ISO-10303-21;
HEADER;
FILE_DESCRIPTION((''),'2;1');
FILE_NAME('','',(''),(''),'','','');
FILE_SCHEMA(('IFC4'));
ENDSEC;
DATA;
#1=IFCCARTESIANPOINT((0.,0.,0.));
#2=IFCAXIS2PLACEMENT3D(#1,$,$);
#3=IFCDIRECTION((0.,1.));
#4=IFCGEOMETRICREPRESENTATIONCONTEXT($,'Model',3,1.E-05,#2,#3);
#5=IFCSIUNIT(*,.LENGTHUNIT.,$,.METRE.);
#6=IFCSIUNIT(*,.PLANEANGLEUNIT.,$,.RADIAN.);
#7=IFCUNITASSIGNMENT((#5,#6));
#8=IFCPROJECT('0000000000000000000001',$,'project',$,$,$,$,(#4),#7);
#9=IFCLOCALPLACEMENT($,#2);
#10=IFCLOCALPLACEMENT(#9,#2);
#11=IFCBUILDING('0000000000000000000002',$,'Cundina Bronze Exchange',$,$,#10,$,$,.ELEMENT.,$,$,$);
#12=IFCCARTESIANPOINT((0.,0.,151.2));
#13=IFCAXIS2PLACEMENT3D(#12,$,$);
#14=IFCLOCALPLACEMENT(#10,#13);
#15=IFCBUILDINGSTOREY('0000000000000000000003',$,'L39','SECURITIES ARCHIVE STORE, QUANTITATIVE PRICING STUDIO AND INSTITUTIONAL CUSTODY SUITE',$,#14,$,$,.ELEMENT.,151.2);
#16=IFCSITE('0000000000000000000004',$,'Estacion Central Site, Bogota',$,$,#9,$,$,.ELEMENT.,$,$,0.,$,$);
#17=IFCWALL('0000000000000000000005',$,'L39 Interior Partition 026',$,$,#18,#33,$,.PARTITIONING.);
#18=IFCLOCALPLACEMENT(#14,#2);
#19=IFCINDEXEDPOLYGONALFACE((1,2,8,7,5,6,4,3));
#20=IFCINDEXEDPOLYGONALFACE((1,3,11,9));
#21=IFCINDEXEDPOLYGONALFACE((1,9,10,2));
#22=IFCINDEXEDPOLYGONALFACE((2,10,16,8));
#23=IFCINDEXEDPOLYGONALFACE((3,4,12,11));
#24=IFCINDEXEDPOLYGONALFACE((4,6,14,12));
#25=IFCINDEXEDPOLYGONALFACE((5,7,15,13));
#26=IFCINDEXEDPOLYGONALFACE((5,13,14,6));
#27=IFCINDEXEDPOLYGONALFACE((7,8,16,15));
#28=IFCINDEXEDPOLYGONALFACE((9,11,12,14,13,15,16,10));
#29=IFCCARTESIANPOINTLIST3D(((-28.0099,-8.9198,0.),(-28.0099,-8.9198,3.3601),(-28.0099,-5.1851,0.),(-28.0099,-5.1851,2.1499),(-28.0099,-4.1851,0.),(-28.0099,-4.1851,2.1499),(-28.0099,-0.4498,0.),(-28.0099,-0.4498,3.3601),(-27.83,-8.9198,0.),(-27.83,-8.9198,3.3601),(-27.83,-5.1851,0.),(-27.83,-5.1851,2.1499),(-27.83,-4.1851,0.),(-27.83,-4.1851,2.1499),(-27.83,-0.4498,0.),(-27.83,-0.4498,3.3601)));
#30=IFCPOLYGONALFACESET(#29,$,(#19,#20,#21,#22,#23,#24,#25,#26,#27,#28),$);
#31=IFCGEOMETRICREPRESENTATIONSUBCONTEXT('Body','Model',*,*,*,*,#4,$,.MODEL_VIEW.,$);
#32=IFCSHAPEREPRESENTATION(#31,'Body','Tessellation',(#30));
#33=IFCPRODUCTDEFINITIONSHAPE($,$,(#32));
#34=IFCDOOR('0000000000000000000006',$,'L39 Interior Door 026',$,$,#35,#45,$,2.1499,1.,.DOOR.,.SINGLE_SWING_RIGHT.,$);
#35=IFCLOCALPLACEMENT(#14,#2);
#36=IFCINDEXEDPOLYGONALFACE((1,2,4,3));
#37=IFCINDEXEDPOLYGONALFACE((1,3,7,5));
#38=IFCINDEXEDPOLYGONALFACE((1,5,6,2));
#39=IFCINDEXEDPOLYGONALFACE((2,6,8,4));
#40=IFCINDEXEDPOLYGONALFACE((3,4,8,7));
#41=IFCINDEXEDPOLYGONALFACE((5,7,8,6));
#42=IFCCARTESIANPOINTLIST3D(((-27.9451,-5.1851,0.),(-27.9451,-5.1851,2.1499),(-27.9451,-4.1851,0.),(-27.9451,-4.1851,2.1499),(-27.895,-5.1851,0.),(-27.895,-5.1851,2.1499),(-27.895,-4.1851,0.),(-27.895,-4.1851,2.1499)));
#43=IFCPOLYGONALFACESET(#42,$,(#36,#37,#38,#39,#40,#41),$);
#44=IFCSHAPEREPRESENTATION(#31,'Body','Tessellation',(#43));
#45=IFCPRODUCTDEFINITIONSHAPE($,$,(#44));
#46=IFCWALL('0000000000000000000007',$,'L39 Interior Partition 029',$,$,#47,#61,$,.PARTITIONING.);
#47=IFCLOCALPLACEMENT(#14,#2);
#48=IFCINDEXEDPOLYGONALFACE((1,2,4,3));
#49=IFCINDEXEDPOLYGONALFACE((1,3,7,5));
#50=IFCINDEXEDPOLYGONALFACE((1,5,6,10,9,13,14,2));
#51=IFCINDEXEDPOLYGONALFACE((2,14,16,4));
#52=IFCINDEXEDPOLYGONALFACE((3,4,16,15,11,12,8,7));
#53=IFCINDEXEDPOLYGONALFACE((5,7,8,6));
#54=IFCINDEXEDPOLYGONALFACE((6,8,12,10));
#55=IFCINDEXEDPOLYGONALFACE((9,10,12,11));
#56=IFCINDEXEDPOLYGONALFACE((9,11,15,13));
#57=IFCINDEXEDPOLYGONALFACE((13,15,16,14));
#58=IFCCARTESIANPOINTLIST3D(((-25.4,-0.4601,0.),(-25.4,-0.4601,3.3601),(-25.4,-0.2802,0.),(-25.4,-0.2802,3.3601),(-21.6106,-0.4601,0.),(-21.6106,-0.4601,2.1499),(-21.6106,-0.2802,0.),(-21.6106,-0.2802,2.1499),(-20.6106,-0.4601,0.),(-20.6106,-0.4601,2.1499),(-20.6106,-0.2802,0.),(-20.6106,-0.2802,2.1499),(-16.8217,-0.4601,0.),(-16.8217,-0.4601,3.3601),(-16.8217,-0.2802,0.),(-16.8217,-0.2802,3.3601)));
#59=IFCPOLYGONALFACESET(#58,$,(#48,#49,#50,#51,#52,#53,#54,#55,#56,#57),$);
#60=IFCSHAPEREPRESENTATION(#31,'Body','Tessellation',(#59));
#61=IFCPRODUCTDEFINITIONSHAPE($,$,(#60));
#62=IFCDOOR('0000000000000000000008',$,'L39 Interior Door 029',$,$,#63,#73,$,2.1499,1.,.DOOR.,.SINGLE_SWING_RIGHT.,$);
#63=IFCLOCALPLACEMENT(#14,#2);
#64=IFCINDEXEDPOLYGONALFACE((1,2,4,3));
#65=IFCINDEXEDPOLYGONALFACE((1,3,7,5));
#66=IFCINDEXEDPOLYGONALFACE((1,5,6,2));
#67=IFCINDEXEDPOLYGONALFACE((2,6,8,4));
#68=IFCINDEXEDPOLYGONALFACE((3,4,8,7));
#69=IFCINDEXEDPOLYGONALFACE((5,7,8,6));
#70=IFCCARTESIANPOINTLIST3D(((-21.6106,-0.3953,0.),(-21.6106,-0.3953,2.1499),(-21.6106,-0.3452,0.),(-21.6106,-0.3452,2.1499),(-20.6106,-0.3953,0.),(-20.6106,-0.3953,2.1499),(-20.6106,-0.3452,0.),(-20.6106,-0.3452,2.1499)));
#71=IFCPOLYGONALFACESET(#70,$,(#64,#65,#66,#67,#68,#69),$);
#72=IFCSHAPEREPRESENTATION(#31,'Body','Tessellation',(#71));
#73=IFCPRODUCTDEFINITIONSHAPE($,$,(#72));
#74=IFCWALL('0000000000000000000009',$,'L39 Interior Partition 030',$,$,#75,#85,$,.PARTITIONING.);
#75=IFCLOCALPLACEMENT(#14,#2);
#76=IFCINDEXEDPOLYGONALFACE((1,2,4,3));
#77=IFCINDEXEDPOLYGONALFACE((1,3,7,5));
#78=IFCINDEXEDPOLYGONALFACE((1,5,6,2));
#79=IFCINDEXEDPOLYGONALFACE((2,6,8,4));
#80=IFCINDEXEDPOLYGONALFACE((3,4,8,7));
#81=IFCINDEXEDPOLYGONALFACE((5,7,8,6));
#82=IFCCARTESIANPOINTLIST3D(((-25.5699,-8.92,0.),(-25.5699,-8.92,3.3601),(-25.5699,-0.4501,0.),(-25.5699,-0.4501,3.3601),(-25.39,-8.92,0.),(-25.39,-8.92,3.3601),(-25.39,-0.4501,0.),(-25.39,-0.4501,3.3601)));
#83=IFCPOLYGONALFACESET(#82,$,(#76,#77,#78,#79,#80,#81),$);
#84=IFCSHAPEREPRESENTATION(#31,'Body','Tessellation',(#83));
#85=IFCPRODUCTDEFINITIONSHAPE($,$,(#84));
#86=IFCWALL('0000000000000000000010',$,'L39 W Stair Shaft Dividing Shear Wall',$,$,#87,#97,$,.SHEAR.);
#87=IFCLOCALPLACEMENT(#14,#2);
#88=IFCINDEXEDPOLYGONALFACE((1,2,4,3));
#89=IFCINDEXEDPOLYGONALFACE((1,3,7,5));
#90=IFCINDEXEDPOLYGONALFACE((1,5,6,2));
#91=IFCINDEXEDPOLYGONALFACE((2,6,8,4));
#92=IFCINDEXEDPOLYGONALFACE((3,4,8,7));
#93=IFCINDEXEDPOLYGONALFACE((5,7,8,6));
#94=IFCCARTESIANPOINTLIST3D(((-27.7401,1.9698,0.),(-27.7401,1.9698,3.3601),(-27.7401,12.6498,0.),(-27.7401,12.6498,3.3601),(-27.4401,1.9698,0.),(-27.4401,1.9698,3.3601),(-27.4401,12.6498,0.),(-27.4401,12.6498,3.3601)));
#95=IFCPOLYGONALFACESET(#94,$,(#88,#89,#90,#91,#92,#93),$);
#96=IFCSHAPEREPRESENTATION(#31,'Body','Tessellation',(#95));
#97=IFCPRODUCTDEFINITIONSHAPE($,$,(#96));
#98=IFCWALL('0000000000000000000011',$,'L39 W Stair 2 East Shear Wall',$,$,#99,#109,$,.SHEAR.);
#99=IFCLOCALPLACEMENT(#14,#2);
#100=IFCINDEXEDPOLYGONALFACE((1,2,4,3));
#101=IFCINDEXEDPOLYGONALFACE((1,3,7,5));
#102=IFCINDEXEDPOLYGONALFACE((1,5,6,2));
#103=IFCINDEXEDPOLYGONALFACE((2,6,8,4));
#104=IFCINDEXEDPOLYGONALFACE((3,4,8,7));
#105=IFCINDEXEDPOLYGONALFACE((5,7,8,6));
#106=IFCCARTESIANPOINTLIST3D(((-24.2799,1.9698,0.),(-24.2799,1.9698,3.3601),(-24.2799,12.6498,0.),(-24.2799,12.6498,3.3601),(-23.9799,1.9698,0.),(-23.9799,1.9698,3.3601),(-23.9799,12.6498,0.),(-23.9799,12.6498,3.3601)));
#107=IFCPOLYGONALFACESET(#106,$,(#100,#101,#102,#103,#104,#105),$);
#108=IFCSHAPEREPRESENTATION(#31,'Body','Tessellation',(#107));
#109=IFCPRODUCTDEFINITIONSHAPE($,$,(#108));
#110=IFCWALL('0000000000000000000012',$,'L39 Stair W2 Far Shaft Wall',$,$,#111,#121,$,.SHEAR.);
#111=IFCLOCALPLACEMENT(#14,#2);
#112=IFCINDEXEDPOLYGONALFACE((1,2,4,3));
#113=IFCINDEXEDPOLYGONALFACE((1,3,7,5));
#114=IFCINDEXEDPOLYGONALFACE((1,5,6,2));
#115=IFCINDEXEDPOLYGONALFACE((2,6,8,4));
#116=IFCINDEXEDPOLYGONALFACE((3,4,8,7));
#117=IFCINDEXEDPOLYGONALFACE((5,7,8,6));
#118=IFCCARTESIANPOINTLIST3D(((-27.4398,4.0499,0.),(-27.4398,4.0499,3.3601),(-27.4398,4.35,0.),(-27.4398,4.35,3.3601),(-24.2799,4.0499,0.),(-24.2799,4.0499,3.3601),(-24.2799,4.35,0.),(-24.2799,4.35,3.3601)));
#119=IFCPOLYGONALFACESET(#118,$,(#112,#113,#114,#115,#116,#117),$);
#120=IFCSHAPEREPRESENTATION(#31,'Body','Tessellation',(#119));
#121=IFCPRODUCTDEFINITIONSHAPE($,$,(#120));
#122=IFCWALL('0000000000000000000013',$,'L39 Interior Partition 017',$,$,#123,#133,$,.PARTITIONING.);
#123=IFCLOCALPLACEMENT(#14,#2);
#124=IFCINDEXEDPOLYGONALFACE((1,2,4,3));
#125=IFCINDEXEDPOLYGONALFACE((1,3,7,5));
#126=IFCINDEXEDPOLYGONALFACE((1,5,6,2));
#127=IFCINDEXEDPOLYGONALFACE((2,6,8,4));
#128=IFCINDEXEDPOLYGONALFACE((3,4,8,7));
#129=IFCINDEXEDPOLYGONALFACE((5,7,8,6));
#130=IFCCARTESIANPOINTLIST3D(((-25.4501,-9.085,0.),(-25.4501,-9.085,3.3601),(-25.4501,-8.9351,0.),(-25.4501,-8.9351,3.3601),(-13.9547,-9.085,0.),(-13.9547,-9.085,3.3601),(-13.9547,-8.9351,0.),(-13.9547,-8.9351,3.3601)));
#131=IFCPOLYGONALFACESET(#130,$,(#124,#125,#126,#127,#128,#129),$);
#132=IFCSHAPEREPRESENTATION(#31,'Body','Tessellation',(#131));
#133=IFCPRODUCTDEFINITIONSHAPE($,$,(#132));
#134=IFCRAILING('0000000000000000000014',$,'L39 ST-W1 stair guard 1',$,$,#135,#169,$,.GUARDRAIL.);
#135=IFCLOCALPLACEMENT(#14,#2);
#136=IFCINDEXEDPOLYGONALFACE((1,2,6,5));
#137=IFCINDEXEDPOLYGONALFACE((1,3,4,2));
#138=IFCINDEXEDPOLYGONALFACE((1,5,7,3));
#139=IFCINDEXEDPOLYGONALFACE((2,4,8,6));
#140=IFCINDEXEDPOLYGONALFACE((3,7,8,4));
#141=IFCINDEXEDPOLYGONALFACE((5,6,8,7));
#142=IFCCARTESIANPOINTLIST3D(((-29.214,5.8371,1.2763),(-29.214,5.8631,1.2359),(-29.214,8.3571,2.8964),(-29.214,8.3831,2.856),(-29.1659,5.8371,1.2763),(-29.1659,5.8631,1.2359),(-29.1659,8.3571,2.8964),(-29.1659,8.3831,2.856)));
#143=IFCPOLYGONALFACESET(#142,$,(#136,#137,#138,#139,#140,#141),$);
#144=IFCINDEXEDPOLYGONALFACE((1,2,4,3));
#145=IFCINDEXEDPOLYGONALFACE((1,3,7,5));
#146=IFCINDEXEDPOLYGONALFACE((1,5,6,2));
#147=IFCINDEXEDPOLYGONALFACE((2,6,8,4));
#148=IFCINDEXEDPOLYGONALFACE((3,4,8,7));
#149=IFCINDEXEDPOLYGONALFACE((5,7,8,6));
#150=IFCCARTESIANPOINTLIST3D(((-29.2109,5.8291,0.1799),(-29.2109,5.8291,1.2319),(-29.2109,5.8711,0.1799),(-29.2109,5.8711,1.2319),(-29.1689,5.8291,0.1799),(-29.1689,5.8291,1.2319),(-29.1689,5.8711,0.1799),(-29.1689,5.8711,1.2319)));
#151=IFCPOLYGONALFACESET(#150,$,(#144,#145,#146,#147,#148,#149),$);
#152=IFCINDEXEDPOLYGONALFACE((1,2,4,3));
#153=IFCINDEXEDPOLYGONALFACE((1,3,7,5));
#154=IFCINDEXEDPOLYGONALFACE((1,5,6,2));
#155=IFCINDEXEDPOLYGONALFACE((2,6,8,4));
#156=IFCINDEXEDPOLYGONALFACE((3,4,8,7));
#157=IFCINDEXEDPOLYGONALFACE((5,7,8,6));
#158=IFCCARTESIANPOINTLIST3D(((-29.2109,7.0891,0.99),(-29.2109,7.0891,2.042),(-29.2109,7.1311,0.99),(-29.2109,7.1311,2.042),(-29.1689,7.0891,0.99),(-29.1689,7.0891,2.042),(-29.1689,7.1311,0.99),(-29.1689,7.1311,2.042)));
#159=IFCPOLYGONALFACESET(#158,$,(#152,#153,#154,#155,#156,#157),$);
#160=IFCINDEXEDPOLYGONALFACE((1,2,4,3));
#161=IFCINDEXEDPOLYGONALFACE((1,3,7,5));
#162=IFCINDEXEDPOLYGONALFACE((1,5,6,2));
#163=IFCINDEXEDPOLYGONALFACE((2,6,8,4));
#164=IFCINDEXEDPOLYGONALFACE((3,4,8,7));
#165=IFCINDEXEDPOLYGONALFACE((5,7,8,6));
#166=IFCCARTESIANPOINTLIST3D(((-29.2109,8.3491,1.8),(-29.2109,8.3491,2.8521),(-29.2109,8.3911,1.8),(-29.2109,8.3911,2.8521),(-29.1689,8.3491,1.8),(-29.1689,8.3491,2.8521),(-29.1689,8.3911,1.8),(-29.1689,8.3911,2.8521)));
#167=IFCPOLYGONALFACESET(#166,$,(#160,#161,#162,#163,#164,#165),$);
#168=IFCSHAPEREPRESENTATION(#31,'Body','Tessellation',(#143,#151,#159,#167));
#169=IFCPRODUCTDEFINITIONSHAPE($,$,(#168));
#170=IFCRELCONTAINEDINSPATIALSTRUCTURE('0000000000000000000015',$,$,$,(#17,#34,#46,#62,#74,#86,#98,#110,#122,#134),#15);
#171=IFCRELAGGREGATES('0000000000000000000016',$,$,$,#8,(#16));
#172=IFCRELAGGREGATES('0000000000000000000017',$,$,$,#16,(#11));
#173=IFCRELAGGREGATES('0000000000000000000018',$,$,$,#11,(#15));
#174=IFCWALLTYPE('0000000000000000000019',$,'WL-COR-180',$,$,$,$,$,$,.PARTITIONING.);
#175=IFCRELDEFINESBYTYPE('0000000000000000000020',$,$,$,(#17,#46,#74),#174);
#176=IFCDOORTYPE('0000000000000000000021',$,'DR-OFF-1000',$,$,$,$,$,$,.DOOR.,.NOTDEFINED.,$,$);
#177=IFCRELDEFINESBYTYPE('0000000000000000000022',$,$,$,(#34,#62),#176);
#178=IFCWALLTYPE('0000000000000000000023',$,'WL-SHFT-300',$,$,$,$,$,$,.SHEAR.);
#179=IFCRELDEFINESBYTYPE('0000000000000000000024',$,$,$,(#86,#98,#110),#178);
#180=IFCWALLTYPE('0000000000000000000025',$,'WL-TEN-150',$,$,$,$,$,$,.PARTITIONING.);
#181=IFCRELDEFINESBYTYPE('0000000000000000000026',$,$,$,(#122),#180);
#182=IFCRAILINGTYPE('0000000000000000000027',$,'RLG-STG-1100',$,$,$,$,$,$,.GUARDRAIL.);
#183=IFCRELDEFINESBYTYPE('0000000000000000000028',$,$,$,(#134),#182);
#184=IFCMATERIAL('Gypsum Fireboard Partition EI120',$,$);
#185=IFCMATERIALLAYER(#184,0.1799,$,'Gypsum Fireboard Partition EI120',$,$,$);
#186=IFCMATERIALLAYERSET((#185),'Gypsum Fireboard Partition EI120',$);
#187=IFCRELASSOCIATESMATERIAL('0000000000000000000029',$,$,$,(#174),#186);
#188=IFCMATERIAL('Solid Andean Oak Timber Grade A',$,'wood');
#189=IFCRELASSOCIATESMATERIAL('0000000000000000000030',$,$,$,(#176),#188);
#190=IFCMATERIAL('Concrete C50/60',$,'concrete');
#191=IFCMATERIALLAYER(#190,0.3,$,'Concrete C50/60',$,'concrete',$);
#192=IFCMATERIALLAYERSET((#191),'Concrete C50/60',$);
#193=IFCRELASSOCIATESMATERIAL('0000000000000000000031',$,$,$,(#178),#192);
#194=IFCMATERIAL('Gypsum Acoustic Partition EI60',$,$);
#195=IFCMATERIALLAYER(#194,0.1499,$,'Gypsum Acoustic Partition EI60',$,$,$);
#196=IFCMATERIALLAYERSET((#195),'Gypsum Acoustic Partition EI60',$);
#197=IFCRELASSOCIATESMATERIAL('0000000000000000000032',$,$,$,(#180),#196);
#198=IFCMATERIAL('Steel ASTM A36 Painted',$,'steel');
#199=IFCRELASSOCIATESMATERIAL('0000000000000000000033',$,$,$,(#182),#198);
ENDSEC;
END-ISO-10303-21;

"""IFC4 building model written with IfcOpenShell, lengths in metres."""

from ifc_helpers import new_model, si_unit, direction, frame, frame_2d, origin, origin_2d, place, context, subcontext, project, spatial, rectangle, extrude, material, layer, layer_set, type_object, element, fill, save


model = new_model("IFC4")

# Units and contexts
model_context = context("Model", 3, precision=1e-05, world=origin(), true_north=direction((0.0, 1.0)))
body_context = subcontext(model_context, "Body", "Model", "MODEL_VIEW")
ifc_project = project(units=[si_unit("LENGTHUNIT", "METRE"), si_unit("PLANEANGLEUNIT", "RADIAN")], contexts=[model_context])

# Site, building, storey
site_placement = place(None, origin())
site = spatial("IfcSite", under=ifc_project, at=site_placement, Name="Estacion Central Site, Bogota", CompositionType="ELEMENT", RefElevation=0.0)
building_placement = place(site_placement, origin())
building = spatial("IfcBuilding", under=site, at=building_placement, Name="Cundina Bronze Exchange", CompositionType="ELEMENT")
storey_placement = place(building_placement, frame((0.0, 0.0, 151.2)))
storey = spatial("IfcBuildingStorey", under=building, at=storey_placement, Name="L39", Description="SECURITIES ARCHIVE STORE, QUANTITATIVE PRICING STUDIO AND INSTITUTIONAL CUSTODY SUITE", CompositionType="ELEMENT", Elevation=151.2)

# Shared definitions
ifc_material_1 = material(Name="Concrete C50/60", Category="concrete")

# Shared definitions
ifc_material_2 = material(Name="Gypsum Fireboard Partition EI120")
ifc_layer_1 = layer(ifc_material_2, 0.1799, Name="Gypsum Fireboard Partition EI120")
ifc_layer_set_1 = layer_set([ifc_layer_1], Name="Gypsum Fireboard Partition EI120")
wall_type_1 = type_object("IfcWallType", Name="WL-COR-180", PredefinedType="PARTITIONING", material=ifc_layer_set_1)
ifc_material_3 = material(Name="Steel ASTM A36 Painted", Category="steel")
ifc_material_4 = material(Name="Solid Andean Oak Timber Grade A", Category="wood")

# Shared definitions
door_type_1 = type_object("IfcDoorType", Name="DR-OFF-1000", OperationType="NOTDEFINED", PredefinedType="DOOR", material=ifc_material_4)

# Walls, openings, doors
wall_1_placement = place(storey_placement, frame((-27.9199, -0.45, 0.0), z_axis=(0.0, 0.0, 1.0), x_axis=(0.0, -1.0, 0.0)))
wall_1 = element("IfcWall", 1, at=wall_1_placement, inside=storey, type_object=wall_type_1, Name="L39 Interior Partition 026", PredefinedType="PARTITIONING", context=body_context, shape_type="SweptSolid", body=[
    extrude(rectangle(XDim=8.47, YDim=0.1799, at=frame_2d((4.2349, 0.0))), origin(), (0.0, 0.0, 1.0), 3.3601),
])
opening_1_placement = place(wall_1_placement, frame((3.7351, 0.0, 0.0)))
opening_1 = element("IfcOpeningElement", 2, at=opening_1_placement, cuts=wall_1, PredefinedType="OPENING", context=body_context, shape_type="SweptSolid", body=[
    extrude(rectangle(XDim=1.0, YDim=2.1499, at=frame_2d((0.5, 1.075))), frame((0.0, 0.0999, 0.0), z_axis=(0.0, -1.0, 0.0), x_axis=(1.0, 0.0, 0.0)), (0.0, 0.0, 1.0), 0.2),
])
door_1_placement = place(opening_1_placement, origin())
door_1 = element("IfcDoor", 3, at=door_1_placement, inside=storey, type_object=door_type_1, Name="L39 Interior Door 026", OperationType="SINGLE_SWING_RIGHT", OverallHeight=2.1499, OverallWidth=1.0, PredefinedType="DOOR", context=body_context, shape_type="SweptSolid", body=[
    extrude(rectangle(XDim=1.0, YDim=2.1499, at=frame_2d((0.5, 1.075))), frame((0.0, 0.0249, 0.0), z_axis=(0.0, -1.0, 0.0), x_axis=(1.0, 0.0, 0.0)), (0.0, 0.0, 1.0), 0.05),
])
fill(opening_1, door_1)
wall_2_placement = place(storey_placement, frame((-25.3999, -0.3701, 0.0), z_axis=(0.0, 0.0, 1.0), x_axis=(1.0, 0.0, 0.0)))
wall_2 = element("IfcWall", 4, at=wall_2_placement, inside=storey, type_object=wall_type_1, Name="L39 Interior Partition 029", PredefinedType="PARTITIONING", context=body_context, shape_type="SweptSolid", body=[
    extrude(rectangle(XDim=8.5784, YDim=0.1799, at=frame_2d((4.2891, 0.0))), origin(), (0.0, 0.0, 1.0), 3.3601),
])
opening_2_placement = place(wall_2_placement, frame((3.7893, 0.0, 0.0)))
opening_2 = element("IfcOpeningElement", 5, at=opening_2_placement, cuts=wall_2, PredefinedType="OPENING", context=body_context, shape_type="SweptSolid", body=[
    extrude(rectangle(XDim=1.0, YDim=2.1499, at=frame_2d((0.5, 1.075))), frame((0.0, 0.0999, 0.0), z_axis=(0.0, -1.0, 0.0), x_axis=(1.0, 0.0, 0.0)), (0.0, 0.0, 1.0), 0.2),
])
door_2_placement = place(opening_2_placement, origin())
door_2 = element("IfcDoor", 6, at=door_2_placement, inside=storey, type_object=door_type_1, Name="L39 Interior Door 029", OperationType="SINGLE_SWING_RIGHT", OverallHeight=2.1499, OverallWidth=1.0, PredefinedType="DOOR", context=body_context, shape_type="SweptSolid", body=[
    extrude(rectangle(XDim=1.0, YDim=2.1499, at=frame_2d((0.5, 1.075))), frame((0.0, 0.0249, 0.0), z_axis=(0.0, -1.0, 0.0), x_axis=(1.0, 0.0, 0.0)), (0.0, 0.0, 1.0), 0.05),
])
fill(opening_2, door_2)

# Walls
wall_3_placement = place(storey_placement, frame((-25.48, -8.9199, 0.0), z_axis=(0.0, 0.0, 1.0), x_axis=(0.0, 1.0, 0.0)))
element("IfcWall", 7, at=wall_3_placement, inside=storey, type_object=wall_type_1, Name="L39 Interior Partition 030", PredefinedType="PARTITIONING", context=body_context, shape_type="SweptSolid", body=[
    extrude(rectangle(XDim=8.47, YDim=0.1799, at=frame_2d((4.2349, 0.0))), origin(), (0.0, 0.0, 1.0), 3.3601),
])
ifc_layer_2 = layer(ifc_material_1, 0.3, Name="Concrete C50/60", Category="concrete")
ifc_layer_set_2 = layer_set([ifc_layer_2], Name="Concrete C50/60")
wall_type_2 = type_object("IfcWallType", Name="WL-SHFT-300", PredefinedType="SHEAR", material=ifc_layer_set_2)
for number, where, z_axis, x_axis, name in (
    (8, (-27.5901, 1.97, 0.0), (0.0, 0.0, 1.0), (0.0, 1.0, 0.0), "L39 W Stair Shaft Dividing Shear Wall"),
    (9, (-24.1299, 1.97, 0.0), (0.0, 0.0, 1.0), (0.0, 1.0, 0.0), "L39 W Stair 2 East Shear Wall"),
):
    element("IfcWall", number, at=place(storey_placement, frame(where, z_axis=z_axis, x_axis=x_axis)), inside=storey, type_object=wall_type_2, Name=name, PredefinedType="SHEAR", context=body_context, shape_type="SweptSolid", body=[
        extrude(rectangle(XDim=10.6799, YDim=0.3, at=frame_2d((5.3398, 0.0))), origin(), (0.0, 0.0, 1.0), 3.3601),
    ])
wall_4_placement = place(storey_placement, frame((-27.4399, 4.2, 0.0), z_axis=(0.0, 0.0, 1.0), x_axis=(1.0, 0.0, 0.0)))
element("IfcWall", 10, at=wall_4_placement, inside=storey, type_object=wall_type_2, Name="L39 Stair W2 Far Shaft Wall", PredefinedType="SHEAR", context=body_context, shape_type="SweptSolid", body=[
    extrude(rectangle(XDim=3.1599, YDim=0.3, at=frame_2d((1.5801, 0.0))), origin(), (0.0, 0.0, 1.0), 3.3601),
])
ifc_material_5 = material(Name="Gypsum Acoustic Partition EI60")
ifc_layer_3 = layer(ifc_material_5, 0.1499, Name="Gypsum Acoustic Partition EI60")
ifc_layer_set_3 = layer_set([ifc_layer_3], Name="Gypsum Acoustic Partition EI60")
wall_type_3 = type_object("IfcWallType", Name="WL-TEN-150", PredefinedType="PARTITIONING", material=ifc_layer_set_3)
wall_5_placement = place(storey_placement, frame((-25.45, -9.01, 0.0), z_axis=(0.0, 0.0, 1.0), x_axis=(1.0, 0.0, 0.0)))
element("IfcWall", 11, at=wall_5_placement, inside=storey, type_object=wall_type_3, Name="L39 Interior Partition 017", PredefinedType="PARTITIONING", context=body_context, shape_type="SweptSolid", body=[
    extrude(rectangle(XDim=11.4954, YDim=0.1499, at=frame_2d((5.7476, 0.0))), origin(), (0.0, 0.0, 1.0), 3.3601),
])

# Railing
railing_type = type_object("IfcRailingType", Name="RLG-STG-1100", PredefinedType="GUARDRAIL", material=ifc_material_3)
railing_1_placement = place(storey_placement, frame((-29.1899, 5.8501, 0.1799)))
element("IfcRailing", 12, at=railing_1_placement, inside=storey, type_object=railing_type, Name="L39 ST-W1 stair guard 1", PredefinedType="GUARDRAIL", context=body_context, shape_type="SweptSolid", body=[
    extrude(rectangle(XDim=0.0481, YDim=0.0481, at=origin_2d()), frame((0.0, 0.0, 1.0762), z_axis=(0.0, 0.841163, 0.540782), x_axis=(-1.0, 0.0, 0.0)), (0.0, 0.0, 1.0), 2.9958),
    extrude(rectangle(XDim=0.042, YDim=0.042, at=origin_2d()), origin(), (0.0, 0.0, 1.0), 1.052),
    extrude(rectangle(XDim=0.042, YDim=0.042, at=origin_2d()), frame((0.0, 1.26, 0.8101)), (0.0, 0.0, 1.0), 1.052),
    extrude(rectangle(XDim=0.042, YDim=0.042, at=origin_2d()), frame((0.0, 2.52, 1.6201)), (0.0, 0.0, 1.0), 1.052),
])

save(model, "model.ifc")
